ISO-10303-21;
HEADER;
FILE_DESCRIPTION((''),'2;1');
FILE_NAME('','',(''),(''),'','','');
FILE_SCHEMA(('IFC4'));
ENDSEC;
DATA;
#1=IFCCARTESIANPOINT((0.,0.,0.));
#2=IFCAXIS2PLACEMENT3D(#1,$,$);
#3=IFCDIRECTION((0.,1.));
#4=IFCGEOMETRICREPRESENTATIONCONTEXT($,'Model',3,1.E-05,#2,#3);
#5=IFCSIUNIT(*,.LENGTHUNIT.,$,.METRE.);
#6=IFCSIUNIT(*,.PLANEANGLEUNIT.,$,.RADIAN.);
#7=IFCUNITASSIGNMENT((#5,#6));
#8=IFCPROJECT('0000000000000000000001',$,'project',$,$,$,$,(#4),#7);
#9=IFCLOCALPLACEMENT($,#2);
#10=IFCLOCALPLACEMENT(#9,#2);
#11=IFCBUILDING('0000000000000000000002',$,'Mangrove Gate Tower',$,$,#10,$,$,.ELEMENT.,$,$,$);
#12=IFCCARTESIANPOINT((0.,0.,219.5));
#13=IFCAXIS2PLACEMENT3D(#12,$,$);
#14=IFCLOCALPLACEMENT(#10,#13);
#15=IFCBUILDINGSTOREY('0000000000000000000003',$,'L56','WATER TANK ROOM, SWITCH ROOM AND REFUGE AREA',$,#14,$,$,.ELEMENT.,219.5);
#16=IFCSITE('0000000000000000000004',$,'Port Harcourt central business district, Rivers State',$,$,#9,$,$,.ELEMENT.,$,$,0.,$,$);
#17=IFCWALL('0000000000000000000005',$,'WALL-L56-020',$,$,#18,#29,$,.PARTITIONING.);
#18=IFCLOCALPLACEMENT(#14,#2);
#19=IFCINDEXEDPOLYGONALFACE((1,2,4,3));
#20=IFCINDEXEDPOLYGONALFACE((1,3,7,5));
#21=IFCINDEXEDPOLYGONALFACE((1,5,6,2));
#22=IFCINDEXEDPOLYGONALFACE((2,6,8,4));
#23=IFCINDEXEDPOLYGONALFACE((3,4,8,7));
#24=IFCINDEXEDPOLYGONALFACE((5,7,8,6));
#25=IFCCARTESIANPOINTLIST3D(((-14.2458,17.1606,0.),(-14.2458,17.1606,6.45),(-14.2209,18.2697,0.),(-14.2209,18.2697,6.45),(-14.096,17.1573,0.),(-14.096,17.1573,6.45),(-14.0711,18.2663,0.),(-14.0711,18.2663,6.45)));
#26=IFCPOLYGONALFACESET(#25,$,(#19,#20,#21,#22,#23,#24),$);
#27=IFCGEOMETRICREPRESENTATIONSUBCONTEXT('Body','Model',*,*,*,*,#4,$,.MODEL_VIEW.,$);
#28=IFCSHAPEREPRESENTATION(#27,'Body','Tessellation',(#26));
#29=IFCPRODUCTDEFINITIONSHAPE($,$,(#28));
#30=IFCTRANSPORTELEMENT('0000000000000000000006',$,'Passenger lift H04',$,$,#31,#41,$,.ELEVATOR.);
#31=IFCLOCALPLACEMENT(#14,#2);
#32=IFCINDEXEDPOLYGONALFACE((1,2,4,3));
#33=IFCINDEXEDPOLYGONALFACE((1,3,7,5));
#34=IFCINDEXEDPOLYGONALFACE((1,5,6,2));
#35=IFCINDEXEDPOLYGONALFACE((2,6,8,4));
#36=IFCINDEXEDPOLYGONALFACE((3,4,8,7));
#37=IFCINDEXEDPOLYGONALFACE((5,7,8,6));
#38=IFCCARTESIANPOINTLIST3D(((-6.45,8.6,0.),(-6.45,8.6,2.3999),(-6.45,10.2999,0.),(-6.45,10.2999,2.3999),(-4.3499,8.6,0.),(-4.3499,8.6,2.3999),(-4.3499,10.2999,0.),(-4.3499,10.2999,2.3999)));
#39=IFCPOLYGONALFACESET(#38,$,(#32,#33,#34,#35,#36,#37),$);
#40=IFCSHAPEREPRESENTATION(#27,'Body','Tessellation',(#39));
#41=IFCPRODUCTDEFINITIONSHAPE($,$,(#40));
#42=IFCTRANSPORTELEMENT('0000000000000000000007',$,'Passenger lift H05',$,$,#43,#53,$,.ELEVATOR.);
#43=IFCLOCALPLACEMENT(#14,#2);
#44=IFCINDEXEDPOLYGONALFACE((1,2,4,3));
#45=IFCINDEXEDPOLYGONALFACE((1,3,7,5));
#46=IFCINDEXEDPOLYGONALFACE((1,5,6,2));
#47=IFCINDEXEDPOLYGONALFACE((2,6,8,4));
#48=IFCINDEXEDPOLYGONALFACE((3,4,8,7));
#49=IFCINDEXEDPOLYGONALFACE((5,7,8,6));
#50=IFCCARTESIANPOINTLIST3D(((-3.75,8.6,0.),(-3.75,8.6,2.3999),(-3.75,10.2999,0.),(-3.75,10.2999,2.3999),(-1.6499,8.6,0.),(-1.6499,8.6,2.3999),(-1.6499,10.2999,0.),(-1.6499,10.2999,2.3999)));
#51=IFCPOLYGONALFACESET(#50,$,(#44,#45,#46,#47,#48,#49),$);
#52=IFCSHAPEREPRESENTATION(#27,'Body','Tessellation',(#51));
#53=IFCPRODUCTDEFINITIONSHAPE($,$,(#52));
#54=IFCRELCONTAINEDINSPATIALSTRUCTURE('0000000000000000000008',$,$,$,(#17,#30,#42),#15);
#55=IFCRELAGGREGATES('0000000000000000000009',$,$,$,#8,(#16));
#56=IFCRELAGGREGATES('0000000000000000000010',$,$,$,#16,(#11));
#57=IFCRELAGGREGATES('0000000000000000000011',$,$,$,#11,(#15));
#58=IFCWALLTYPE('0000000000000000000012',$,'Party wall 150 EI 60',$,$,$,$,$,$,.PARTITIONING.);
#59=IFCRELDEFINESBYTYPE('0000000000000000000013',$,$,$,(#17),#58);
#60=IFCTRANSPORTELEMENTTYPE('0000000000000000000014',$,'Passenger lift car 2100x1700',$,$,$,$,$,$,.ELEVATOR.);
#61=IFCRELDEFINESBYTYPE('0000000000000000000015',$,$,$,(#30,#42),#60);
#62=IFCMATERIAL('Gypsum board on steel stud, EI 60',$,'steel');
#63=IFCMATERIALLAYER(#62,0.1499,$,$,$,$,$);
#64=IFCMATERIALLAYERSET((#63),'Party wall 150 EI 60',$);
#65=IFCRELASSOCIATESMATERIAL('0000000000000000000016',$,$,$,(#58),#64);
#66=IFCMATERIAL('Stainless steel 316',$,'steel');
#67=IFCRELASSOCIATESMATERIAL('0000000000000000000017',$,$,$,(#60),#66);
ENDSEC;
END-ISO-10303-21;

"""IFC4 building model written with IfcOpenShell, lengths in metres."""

from ifc_helpers import new_model, si_unit, direction, frame, frame_2d, origin, origin_2d, place, context, subcontext, project, spatial, rectangle, extrude, material, layer, layer_set, type_object, element, save


model = new_model("IFC4")

# Units and contexts
model_context = context("Model", 3, precision=1e-05, world=origin(), true_north=direction((0.0, 1.0)))
body_context = subcontext(model_context, "Body", "Model", "MODEL_VIEW")
ifc_project = project(units=[si_unit("LENGTHUNIT", "METRE"), si_unit("PLANEANGLEUNIT", "RADIAN")], contexts=[model_context])

# Site, building, storey
site_placement = place(None, origin())
site = spatial("IfcSite", under=ifc_project, at=site_placement, Name="Port Harcourt central business district, Rivers State", CompositionType="ELEMENT", RefElevation=0.0)
building_placement = place(site_placement, origin())
building = spatial("IfcBuilding", under=site, at=building_placement, Name="Mangrove Gate Tower", CompositionType="ELEMENT")
storey_placement = place(building_placement, frame((0.0, 0.0, 219.5)))
storey = spatial("IfcBuildingStorey", under=building, at=storey_placement, Name="L56", Description="WATER TANK ROOM, SWITCH ROOM AND REFUGE AREA", CompositionType="ELEMENT", Elevation=219.5)

# Wall
ifc_material_1 = material(Name="Gypsum board on steel stud, EI 60", Category="steel")
ifc_layer_1 = layer(ifc_material_1, 0.1499)
ifc_layer_set_1 = layer_set([ifc_layer_1], Name="Party wall 150 EI 60")
wall_type_1 = type_object("IfcWallType", Name="Party wall 150 EI 60", PredefinedType="PARTITIONING", material=ifc_layer_set_1)
wall_1_placement = place(storey_placement, frame((-14.1709, 17.1589, 0.0), z_axis=(0.0, 0.0, 1.0), x_axis=(0.022446, 0.999748, 0.0)))
element("IfcWall", 1, at=wall_1_placement, inside=storey, type_object=wall_type_1, Name="WALL-L56-020", PredefinedType="PARTITIONING", context=body_context, shape_type="SweptSolid", body=[
    extrude(rectangle(XDim=1.1094, YDim=0.1499, at=frame_2d((0.5547, 0.0))), origin(), (0.0, 0.0, 1.0), 6.45),
])

# Transport elements
ifc_material_2 = material(Name="Stainless steel 316", Category="steel")
transport_element_type = type_object("IfcTransportElementType", Name="Passenger lift car 2100x1700", PredefinedType="ELEVATOR", material=ifc_material_2)
for number, where, z_axis, x_axis, name in (
    (2, (-5.3999, 9.45, 0.0), (0.0, 0.0, 1.0), (1.0, 0.0, 0.0), "Passenger lift H04"),
    (3, (-2.7, 9.45, 0.0), (0.0, 0.0, 1.0), (1.0, 0.0, 0.0), "Passenger lift H05"),
):
    element("IfcTransportElement", number, at=place(storey_placement, frame(where, z_axis=z_axis, x_axis=x_axis)), inside=storey, type_object=transport_element_type, Name=name, PredefinedType="ELEVATOR", context=body_context, shape_type="SweptSolid", body=[
        extrude(rectangle(XDim=2.1001, YDim=1.7, at=origin_2d()), origin(), (0.0, 0.0, 1.0), 2.3999),
    ])

save(model, "model.ifc")
